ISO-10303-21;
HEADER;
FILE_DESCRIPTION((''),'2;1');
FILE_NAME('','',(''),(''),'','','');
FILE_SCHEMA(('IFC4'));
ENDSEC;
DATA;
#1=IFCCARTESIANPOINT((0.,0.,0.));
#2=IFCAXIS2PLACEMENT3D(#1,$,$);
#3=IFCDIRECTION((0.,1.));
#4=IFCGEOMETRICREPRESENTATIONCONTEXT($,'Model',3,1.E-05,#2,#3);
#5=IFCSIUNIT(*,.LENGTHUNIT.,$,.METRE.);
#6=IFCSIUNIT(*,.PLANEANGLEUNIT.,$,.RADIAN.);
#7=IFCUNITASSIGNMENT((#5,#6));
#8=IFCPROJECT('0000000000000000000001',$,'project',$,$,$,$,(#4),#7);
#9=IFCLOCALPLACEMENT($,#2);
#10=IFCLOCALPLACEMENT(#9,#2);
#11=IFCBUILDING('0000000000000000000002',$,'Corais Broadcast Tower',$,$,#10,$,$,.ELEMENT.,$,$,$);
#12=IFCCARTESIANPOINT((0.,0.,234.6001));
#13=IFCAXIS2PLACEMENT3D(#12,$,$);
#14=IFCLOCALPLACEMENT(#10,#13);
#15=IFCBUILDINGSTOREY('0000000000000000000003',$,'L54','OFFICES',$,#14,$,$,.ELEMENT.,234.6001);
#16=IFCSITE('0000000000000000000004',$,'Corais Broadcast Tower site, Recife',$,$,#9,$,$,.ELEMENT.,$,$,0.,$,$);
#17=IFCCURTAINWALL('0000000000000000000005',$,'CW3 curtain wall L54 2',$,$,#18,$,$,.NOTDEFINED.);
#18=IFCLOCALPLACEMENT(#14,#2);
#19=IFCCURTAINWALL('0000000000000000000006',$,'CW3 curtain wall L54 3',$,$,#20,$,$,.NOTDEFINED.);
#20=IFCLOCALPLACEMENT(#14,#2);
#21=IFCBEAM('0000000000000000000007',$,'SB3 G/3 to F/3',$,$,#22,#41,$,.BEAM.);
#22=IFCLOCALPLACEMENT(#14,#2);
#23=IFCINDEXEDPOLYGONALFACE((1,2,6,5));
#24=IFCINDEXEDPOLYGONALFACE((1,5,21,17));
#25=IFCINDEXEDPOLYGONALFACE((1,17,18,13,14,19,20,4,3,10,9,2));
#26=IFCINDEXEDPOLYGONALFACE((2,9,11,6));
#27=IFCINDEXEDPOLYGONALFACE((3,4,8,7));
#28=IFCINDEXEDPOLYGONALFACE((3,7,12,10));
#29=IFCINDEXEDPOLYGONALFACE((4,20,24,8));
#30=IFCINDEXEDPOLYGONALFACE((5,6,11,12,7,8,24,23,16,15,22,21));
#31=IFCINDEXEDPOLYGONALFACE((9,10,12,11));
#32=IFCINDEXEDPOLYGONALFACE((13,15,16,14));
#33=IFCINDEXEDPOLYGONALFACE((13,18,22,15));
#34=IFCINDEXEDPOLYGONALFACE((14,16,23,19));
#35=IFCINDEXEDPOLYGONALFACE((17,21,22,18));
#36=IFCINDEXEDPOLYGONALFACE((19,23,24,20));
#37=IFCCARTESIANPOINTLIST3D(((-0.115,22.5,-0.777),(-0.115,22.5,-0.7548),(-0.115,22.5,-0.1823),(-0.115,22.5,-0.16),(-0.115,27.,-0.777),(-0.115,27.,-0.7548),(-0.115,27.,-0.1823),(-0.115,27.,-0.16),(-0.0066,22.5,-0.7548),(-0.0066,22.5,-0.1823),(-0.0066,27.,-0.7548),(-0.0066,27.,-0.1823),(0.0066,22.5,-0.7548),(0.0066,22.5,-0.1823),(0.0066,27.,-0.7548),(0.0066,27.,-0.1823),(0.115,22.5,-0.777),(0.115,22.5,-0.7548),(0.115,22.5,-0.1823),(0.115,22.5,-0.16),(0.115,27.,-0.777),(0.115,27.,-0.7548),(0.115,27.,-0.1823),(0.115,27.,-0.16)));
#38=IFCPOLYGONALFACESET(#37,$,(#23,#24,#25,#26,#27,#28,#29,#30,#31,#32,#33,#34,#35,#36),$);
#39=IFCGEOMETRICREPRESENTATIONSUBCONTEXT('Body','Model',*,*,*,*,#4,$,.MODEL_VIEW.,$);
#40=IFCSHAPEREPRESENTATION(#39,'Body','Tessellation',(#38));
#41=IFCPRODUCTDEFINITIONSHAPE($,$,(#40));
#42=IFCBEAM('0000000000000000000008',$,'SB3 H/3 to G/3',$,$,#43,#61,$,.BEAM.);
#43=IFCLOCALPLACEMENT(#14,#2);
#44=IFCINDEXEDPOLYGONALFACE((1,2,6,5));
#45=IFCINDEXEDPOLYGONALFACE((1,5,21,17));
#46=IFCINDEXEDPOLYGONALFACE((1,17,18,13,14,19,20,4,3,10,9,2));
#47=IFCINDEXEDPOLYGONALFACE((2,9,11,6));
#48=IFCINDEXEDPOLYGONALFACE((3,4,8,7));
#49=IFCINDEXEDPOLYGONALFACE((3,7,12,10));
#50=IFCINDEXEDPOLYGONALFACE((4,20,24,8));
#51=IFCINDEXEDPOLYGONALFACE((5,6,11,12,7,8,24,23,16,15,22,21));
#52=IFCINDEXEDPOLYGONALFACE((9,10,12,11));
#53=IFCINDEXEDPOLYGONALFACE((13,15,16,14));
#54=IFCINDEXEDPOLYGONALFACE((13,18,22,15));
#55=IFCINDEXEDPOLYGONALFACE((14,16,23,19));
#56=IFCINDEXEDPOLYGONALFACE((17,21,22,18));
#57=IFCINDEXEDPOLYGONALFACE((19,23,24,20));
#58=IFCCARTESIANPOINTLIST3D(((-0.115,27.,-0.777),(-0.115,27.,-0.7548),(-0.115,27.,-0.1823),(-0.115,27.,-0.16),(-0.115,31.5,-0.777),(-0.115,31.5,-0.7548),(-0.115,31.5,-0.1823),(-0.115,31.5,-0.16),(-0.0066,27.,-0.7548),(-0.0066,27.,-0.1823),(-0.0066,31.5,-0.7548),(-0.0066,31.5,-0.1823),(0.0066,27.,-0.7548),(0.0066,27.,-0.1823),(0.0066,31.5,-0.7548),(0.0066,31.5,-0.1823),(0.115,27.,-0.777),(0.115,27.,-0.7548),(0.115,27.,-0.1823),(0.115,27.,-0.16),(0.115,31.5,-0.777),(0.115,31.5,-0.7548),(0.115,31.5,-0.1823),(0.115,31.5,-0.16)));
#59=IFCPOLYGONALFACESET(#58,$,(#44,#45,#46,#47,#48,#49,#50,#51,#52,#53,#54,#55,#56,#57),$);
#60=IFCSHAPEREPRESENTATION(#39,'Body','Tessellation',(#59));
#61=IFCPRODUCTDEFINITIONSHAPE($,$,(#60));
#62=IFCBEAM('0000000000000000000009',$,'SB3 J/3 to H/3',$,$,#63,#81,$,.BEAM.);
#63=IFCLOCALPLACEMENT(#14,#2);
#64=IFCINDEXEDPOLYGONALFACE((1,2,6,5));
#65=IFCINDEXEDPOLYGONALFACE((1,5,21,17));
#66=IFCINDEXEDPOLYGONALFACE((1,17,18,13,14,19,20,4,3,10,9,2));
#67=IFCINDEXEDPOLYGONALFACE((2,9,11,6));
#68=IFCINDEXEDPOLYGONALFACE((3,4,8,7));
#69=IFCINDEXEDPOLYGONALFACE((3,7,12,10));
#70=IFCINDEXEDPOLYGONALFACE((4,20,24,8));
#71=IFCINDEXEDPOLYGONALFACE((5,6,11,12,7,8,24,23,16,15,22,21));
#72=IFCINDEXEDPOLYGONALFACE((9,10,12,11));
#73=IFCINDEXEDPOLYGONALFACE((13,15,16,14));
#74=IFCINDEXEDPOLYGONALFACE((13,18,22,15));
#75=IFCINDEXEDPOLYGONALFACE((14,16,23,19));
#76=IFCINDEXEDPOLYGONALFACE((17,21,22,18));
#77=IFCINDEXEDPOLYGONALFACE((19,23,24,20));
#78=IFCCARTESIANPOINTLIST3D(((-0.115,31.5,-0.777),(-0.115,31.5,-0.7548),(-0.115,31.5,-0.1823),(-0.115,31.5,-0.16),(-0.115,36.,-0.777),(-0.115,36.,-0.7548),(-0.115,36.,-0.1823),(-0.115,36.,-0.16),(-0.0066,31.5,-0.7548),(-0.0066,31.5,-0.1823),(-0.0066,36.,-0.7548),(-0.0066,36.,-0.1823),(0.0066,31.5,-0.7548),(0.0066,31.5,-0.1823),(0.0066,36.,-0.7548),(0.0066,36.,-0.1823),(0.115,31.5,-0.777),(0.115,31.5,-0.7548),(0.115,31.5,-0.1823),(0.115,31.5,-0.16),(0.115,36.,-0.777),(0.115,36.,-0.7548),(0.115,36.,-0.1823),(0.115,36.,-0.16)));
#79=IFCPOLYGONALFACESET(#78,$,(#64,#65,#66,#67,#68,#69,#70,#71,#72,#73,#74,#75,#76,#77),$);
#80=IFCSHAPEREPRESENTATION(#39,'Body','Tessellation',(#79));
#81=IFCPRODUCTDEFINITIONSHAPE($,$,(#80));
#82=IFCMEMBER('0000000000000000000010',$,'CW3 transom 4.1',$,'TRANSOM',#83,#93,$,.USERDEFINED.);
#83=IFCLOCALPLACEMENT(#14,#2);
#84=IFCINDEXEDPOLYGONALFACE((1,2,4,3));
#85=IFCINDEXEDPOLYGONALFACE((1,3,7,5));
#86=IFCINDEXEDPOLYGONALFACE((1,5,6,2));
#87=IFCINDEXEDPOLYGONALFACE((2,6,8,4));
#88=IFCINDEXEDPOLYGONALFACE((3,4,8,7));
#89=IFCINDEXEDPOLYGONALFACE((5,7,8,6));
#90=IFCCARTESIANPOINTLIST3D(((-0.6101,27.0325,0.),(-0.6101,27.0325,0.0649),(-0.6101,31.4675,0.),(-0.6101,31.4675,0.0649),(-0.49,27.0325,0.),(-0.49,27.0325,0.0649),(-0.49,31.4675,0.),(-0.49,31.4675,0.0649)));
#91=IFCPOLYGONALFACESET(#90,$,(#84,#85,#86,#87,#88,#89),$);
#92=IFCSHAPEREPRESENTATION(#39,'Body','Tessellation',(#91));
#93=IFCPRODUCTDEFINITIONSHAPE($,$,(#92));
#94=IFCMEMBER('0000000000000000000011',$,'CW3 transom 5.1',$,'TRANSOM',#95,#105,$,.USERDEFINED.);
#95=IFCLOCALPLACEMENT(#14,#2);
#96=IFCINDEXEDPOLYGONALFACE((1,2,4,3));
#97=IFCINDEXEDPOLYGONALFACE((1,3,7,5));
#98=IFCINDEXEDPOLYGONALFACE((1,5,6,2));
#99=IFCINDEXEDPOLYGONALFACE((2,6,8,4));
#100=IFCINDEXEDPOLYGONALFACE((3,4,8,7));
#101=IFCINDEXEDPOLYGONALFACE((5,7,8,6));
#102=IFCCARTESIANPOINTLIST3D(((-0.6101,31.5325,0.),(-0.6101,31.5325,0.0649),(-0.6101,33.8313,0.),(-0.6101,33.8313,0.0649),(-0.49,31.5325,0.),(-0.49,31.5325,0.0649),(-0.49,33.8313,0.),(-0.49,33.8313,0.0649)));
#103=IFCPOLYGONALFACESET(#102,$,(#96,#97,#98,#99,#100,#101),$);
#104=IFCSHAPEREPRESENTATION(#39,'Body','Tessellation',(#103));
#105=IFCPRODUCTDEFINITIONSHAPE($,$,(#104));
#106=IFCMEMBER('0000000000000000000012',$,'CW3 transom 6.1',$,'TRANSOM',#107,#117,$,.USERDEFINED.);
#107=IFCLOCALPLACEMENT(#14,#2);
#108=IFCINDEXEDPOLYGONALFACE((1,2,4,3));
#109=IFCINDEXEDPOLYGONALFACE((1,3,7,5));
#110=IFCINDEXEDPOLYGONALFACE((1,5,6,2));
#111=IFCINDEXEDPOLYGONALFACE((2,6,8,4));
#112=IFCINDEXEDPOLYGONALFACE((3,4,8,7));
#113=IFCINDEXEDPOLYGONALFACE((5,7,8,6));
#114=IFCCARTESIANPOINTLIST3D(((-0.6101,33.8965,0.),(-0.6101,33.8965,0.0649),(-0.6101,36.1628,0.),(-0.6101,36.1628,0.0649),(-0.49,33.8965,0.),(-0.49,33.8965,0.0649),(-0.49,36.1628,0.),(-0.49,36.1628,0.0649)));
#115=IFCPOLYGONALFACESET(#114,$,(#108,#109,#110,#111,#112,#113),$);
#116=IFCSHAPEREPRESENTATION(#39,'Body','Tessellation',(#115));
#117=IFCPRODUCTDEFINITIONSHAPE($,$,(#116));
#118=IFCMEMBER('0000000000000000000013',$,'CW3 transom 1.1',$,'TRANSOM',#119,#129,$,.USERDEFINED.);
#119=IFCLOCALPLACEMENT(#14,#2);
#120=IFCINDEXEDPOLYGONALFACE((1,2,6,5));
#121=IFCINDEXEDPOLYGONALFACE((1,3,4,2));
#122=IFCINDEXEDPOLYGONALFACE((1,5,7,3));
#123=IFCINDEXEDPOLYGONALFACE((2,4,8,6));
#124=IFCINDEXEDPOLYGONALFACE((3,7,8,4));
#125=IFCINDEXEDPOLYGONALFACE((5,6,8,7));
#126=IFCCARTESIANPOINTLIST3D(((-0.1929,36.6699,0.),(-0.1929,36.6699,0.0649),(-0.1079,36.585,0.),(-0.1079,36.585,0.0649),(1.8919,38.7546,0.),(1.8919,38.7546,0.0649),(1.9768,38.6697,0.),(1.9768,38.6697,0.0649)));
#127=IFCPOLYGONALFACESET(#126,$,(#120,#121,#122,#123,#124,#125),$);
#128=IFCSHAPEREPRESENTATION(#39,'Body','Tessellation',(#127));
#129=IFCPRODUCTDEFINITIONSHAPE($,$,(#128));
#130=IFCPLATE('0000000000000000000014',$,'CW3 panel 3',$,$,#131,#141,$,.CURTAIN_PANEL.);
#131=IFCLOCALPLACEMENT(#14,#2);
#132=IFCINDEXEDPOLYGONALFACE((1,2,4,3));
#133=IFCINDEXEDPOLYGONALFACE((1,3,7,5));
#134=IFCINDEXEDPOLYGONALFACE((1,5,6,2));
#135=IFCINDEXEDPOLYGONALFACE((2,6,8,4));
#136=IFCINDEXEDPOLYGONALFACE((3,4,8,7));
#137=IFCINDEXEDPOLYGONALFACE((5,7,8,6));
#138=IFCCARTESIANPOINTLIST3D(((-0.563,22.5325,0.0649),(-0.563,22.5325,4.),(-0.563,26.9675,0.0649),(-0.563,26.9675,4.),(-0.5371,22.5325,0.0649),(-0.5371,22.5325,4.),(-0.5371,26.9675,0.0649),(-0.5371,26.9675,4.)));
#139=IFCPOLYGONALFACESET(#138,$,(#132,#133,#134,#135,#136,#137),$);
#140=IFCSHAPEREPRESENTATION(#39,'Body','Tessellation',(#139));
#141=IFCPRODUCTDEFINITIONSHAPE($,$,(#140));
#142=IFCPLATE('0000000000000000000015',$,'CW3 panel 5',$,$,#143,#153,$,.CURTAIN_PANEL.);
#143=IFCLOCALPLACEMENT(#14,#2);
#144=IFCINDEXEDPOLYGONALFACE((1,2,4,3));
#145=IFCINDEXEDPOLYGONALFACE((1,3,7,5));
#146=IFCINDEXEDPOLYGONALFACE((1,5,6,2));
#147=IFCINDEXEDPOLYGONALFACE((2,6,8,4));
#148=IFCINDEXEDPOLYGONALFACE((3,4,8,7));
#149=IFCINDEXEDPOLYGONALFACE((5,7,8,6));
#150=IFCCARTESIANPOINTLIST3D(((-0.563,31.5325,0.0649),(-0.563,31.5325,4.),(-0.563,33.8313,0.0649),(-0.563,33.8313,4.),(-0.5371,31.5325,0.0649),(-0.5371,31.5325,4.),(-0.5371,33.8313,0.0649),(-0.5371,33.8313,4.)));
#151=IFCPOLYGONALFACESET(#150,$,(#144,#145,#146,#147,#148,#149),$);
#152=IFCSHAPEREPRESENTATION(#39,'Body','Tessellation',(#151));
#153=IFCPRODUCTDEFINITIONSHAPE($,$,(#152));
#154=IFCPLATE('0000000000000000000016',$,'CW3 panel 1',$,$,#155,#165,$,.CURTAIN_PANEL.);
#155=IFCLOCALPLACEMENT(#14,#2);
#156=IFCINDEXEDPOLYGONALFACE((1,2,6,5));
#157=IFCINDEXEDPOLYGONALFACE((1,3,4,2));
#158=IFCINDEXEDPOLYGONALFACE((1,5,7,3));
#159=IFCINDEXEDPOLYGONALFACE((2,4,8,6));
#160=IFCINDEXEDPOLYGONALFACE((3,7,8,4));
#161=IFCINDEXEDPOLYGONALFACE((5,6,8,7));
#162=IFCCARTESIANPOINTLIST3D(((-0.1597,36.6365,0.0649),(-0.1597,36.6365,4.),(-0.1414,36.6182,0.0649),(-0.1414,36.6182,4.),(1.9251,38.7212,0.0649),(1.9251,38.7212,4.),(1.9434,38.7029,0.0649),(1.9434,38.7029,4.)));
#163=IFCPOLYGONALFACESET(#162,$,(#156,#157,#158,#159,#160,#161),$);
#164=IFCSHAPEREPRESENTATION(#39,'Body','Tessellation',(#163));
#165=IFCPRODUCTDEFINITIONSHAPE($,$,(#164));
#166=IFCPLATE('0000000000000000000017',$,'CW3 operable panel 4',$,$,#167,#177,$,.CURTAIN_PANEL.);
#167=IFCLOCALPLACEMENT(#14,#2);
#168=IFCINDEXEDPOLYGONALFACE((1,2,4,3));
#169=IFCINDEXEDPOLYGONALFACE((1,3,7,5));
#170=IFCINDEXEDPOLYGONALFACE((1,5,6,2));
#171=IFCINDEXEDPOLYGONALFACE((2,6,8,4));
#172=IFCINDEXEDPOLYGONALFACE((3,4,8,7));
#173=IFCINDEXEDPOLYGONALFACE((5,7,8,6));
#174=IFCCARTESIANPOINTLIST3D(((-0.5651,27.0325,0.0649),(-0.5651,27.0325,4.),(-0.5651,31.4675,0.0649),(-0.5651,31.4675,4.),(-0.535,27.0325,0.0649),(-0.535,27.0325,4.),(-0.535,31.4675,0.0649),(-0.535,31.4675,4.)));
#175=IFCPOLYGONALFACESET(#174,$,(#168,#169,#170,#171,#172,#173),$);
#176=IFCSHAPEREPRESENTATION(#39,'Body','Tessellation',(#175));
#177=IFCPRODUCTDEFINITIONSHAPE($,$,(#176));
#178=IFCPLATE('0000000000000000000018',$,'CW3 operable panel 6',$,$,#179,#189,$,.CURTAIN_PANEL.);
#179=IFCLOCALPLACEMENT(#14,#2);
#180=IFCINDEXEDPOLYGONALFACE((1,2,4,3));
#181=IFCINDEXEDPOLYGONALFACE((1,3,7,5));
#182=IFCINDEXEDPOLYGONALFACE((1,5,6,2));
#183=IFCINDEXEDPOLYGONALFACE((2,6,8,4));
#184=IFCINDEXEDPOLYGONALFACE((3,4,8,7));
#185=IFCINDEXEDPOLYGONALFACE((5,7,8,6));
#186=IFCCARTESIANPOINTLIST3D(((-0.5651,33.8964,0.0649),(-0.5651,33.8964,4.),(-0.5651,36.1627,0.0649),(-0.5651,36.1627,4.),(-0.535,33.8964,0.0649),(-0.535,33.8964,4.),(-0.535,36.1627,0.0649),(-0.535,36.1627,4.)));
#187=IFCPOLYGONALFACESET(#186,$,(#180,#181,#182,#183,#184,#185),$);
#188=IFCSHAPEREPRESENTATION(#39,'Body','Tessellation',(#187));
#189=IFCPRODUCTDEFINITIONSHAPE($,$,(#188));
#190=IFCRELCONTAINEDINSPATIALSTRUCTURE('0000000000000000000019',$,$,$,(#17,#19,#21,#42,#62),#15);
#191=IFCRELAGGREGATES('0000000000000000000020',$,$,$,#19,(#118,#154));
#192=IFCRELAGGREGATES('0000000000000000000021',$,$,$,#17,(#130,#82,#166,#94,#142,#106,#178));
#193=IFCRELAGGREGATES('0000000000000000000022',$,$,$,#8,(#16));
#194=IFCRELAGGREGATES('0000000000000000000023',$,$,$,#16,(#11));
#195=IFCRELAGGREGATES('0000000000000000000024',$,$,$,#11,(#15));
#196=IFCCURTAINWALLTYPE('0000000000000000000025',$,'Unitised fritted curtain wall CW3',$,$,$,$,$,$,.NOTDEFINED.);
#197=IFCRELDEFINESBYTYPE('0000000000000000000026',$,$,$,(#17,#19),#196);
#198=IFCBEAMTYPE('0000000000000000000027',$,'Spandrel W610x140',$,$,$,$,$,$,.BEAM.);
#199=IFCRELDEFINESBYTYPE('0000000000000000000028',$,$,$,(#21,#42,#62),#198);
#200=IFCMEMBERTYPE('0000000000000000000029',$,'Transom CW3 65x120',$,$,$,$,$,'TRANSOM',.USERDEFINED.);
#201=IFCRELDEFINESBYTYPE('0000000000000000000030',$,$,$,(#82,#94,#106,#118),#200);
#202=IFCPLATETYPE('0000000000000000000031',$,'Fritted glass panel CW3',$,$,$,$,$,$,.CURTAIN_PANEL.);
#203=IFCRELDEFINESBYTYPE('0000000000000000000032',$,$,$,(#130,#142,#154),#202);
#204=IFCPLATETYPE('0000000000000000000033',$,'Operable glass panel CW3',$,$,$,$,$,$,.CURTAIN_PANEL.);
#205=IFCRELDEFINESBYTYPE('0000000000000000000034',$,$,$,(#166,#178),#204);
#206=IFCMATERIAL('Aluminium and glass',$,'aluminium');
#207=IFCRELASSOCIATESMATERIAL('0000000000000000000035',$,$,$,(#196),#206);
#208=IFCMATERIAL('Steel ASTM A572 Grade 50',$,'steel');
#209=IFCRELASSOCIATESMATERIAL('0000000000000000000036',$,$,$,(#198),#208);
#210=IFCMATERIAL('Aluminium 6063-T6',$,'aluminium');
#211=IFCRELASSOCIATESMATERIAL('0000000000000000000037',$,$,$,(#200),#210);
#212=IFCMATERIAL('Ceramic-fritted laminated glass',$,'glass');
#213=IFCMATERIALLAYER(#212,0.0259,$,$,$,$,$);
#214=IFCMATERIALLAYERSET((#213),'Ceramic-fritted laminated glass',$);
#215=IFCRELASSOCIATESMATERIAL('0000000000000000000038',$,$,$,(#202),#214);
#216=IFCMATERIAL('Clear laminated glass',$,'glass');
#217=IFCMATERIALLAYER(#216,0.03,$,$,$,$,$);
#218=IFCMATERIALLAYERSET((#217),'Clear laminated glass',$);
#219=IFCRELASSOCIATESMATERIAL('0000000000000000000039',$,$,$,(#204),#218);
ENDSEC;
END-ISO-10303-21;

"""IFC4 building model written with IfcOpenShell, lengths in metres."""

from ifc_helpers import new_model, si_unit, direction, frame, origin, origin_2d, place, context, subcontext, project, spatial, rectangle, i_section, extrude, material, layer, layer_set, material_profile, profile_set, type_object, element, aggregate, save


model = new_model("IFC4")

# Units and contexts
model_context = context("Model", 3, precision=1e-05, world=origin(), true_north=direction((0.0, 1.0)))
body_context = subcontext(model_context, "Body", "Model", "MODEL_VIEW")
ifc_project = project(units=[si_unit("LENGTHUNIT", "METRE"), si_unit("PLANEANGLEUNIT", "RADIAN")], contexts=[model_context])

# Site, building, storey
site_placement = place(None, origin())
site = spatial("IfcSite", under=ifc_project, at=site_placement, Name="Corais Broadcast Tower site, Recife", CompositionType="ELEMENT", RefElevation=0.0)
building_placement = place(site_placement, origin())
building = spatial("IfcBuilding", under=site, at=building_placement, Name="Corais Broadcast Tower", CompositionType="ELEMENT")
storey_placement = place(building_placement, frame((0.0, 0.0, 234.6001)))
storey = spatial("IfcBuildingStorey", under=building, at=storey_placement, Name="L54", Description="OFFICES", CompositionType="ELEMENT", Elevation=234.6001)

# Curtain walls
ifc_material_1 = material(Name="Aluminium and glass", Category="aluminium")
curtain_wall_type = type_object("IfcCurtainWallType", Name="Unitised fritted curtain wall CW3", PredefinedType="NOTDEFINED", material=ifc_material_1)
curtain_wall_1_placement = place(storey_placement, origin())
curtain_wall_1 = element("IfcCurtainWall", 1, at=curtain_wall_1_placement, inside=storey, type_object=curtain_wall_type, Name="CW3 curtain wall L54 2", PredefinedType="NOTDEFINED")
curtain_wall_2_placement = place(storey_placement, origin())
curtain_wall_2 = element("IfcCurtainWall", 2, at=curtain_wall_2_placement, inside=storey, type_object=curtain_wall_type, Name="CW3 curtain wall L54 3", PredefinedType="NOTDEFINED")

# Beams
ifc_material_2 = material(Name="Steel ASTM A572 Grade 50", Category="steel")
ifc_material_profile_1 = material_profile(ifc_material_2, i_section(OverallWidth=0.23, OverallDepth=0.6169, WebThickness=0.0132, FlangeThickness=0.0222, at=origin_2d()), Name="W610x140")
ifc_profile_set_1 = profile_set([ifc_material_profile_1], Name="Steel ASTM A572 Grade 50")
beam_type_1 = type_object("IfcBeamType", Name="Spandrel W610x140", PredefinedType="BEAM", material=ifc_profile_set_1)
for number, where, z_axis, x_axis, name in (
    (3, (0.0, 27.0, -0.4685), (0.0, -1.0, 0.0), (1.0, 0.0, 0.0), "SB3 G/3 to F/3"),
    (4, (0.0, 31.5, -0.4685), (0.0, -1.0, 0.0), (1.0, 0.0, 0.0), "SB3 H/3 to G/3"),
    (5, (0.0, 36.0, -0.4685), (0.0, -1.0, 0.0), (1.0, 0.0, 0.0), "SB3 J/3 to H/3"),
):
    element("IfcBeam", number, at=place(storey_placement, frame(where, z_axis=z_axis, x_axis=x_axis)), inside=storey, type_object=beam_type_1, Name=name, PredefinedType="BEAM", context=body_context, shape_type="SweptSolid", body=[
        extrude(i_section(OverallWidth=0.23, OverallDepth=0.6169, WebThickness=0.0132, FlangeThickness=0.0222, at=origin_2d()), origin(), (0.0, 0.0, 1.0), 4.5),
    ])

# Members
ifc_material_3 = material(Name="Aluminium 6063-T6", Category="aluminium")
ifc_material_profile_2 = material_profile(ifc_material_3, rectangle(XDim=0.1201, YDim=0.0649, at=origin_2d()), Name="Transom CW3 65x120")
ifc_profile_set_2 = profile_set([ifc_material_profile_2], Name="Aluminium 6063-T6")
member_type_1 = type_object("IfcMemberType", Name="Transom CW3 65x120", ElementType="TRANSOM", PredefinedType="USERDEFINED", material=ifc_profile_set_2)
member_1_placement = place(storey_placement, frame((-0.55, 27.0325, 0.0325), z_axis=(0.0, 1.0, 0.0), x_axis=(-1.0, 0.0, 0.0)))
member_1 = element("IfcMember", 6, at=member_1_placement, type_object=member_type_1, Name="CW3 transom 4.1", ObjectType="TRANSOM", PredefinedType="USERDEFINED", context=body_context, shape_type="SweptSolid", body=[
    extrude(rectangle(XDim=0.1201, YDim=0.0649, at=origin_2d()), origin(), (0.0, 0.0, 1.0), 4.4351),
])
member_2_placement = place(storey_placement, frame((-0.55, 31.5325, 0.0325), z_axis=(0.0, 1.0, 0.0), x_axis=(-1.0, 0.0, 0.0)))
member_2 = element("IfcMember", 7, at=member_2_placement, type_object=member_type_1, Name="CW3 transom 5.1", ObjectType="TRANSOM", PredefinedType="USERDEFINED", context=body_context, shape_type="SweptSolid", body=[
    extrude(rectangle(XDim=0.1201, YDim=0.0649, at=origin_2d()), origin(), (0.0, 0.0, 1.0), 2.2988),
])
member_3_placement = place(storey_placement, frame((-0.55, 33.8965, 0.0325), z_axis=(0.0, 1.0, 0.0), x_axis=(-1.0, 0.0, 0.0)))
member_3 = element("IfcMember", 8, at=member_3_placement, type_object=member_type_1, Name="CW3 transom 6.1", ObjectType="TRANSOM", PredefinedType="USERDEFINED", context=body_context, shape_type="SweptSolid", body=[
    extrude(rectangle(XDim=0.1201, YDim=0.0649, at=origin_2d()), origin(), (0.0, 0.0, 1.0), 2.2664),
])
member_4_placement = place(storey_placement, frame((-0.1504, 36.6274, 0.0325), z_axis=(0.707107, 0.707107, 0.0), x_axis=(-0.707107, 0.707107, 0.0)))
member_4 = element("IfcMember", 9, at=member_4_placement, type_object=member_type_1, Name="CW3 transom 1.1", ObjectType="TRANSOM", PredefinedType="USERDEFINED", context=body_context, shape_type="SweptSolid", body=[
    extrude(rectangle(XDim=0.1201, YDim=0.0649, at=origin_2d()), origin(), (0.0, 0.0, 1.0), 2.9482),
])

# Plates
ifc_material_4 = material(Name="Ceramic-fritted laminated glass", Category="glass")
ifc_layer_1 = layer(ifc_material_4, 0.0259)
ifc_layer_set_1 = layer_set([ifc_layer_1], Name="Ceramic-fritted laminated glass")
plate_type_1 = type_object("IfcPlateType", Name="Fritted glass panel CW3", PredefinedType="CURTAIN_PANEL", material=ifc_layer_set_1)
plate_1_placement = place(storey_placement, frame((-0.55, 24.75, 0.0649), z_axis=(0.0, 0.0, 1.0), x_axis=(0.0, 1.0, 0.0)))
plate_1 = element("IfcPlate", 10, at=plate_1_placement, type_object=plate_type_1, Name="CW3 panel 3", PredefinedType="CURTAIN_PANEL", context=body_context, shape_type="SweptSolid", body=[
    extrude(rectangle(XDim=4.4351, YDim=0.0259, at=origin_2d()), origin(), (0.0, 0.0, 1.0), 3.9351),
])
plate_2_placement = place(storey_placement, frame((-0.55, 32.6819, 0.0649), z_axis=(0.0, 0.0, 1.0), x_axis=(0.0, 1.0, 0.0)))
plate_2 = element("IfcPlate", 11, at=plate_2_placement, type_object=plate_type_1, Name="CW3 panel 5", PredefinedType="CURTAIN_PANEL", context=body_context, shape_type="SweptSolid", body=[
    extrude(rectangle(XDim=2.2988, YDim=0.0259, at=origin_2d()), origin(), (0.0, 0.0, 1.0), 3.9351),
])
plate_3_placement = place(storey_placement, frame((0.8918, 37.6697, 0.0649), z_axis=(0.0, 0.0, 1.0), x_axis=(0.707107, 0.707107, 0.0)))
plate_3 = element("IfcPlate", 12, at=plate_3_placement, type_object=plate_type_1, Name="CW3 panel 1", PredefinedType="CURTAIN_PANEL", context=body_context, shape_type="SweptSolid", body=[
    extrude(rectangle(XDim=2.9482, YDim=0.0259, at=origin_2d()), origin(), (0.0, 0.0, 1.0), 3.9351),
])
aggregate(curtain_wall_2, [member_4, plate_3])
ifc_material_5 = material(Name="Clear laminated glass", Category="glass")
ifc_layer_2 = layer(ifc_material_5, 0.03)
ifc_layer_set_2 = layer_set([ifc_layer_2], Name="Clear laminated glass")
plate_type_2 = type_object("IfcPlateType", Name="Operable glass panel CW3", PredefinedType="CURTAIN_PANEL", material=ifc_layer_set_2)
plate_4_placement = place(storey_placement, frame((-0.55, 29.25, 0.0649), z_axis=(0.0, 0.0, 1.0), x_axis=(0.0, 1.0, 0.0)))
plate_4 = element("IfcPlate", 13, at=plate_4_placement, type_object=plate_type_2, Name="CW3 operable panel 4", PredefinedType="CURTAIN_PANEL", context=body_context, shape_type="SweptSolid", body=[
    extrude(rectangle(XDim=4.4351, YDim=0.03, at=origin_2d()), origin(), (0.0, 0.0, 1.0), 3.9351),
])
plate_5_placement = place(storey_placement, frame((-0.55, 35.0295, 0.0649), z_axis=(0.0, 0.0, 1.0), x_axis=(0.0, 1.0, 0.0)))
plate_5 = element("IfcPlate", 14, at=plate_5_placement, type_object=plate_type_2, Name="CW3 operable panel 6", PredefinedType="CURTAIN_PANEL", context=body_context, shape_type="SweptSolid", body=[
    extrude(rectangle(XDim=2.2664, YDim=0.03, at=origin_2d()), origin(), (0.0, 0.0, 1.0), 3.9351),
])
aggregate(curtain_wall_1, [plate_1, member_1, plate_4, member_2, plate_2, member_3, plate_5])

save(model, "model.ifc")
